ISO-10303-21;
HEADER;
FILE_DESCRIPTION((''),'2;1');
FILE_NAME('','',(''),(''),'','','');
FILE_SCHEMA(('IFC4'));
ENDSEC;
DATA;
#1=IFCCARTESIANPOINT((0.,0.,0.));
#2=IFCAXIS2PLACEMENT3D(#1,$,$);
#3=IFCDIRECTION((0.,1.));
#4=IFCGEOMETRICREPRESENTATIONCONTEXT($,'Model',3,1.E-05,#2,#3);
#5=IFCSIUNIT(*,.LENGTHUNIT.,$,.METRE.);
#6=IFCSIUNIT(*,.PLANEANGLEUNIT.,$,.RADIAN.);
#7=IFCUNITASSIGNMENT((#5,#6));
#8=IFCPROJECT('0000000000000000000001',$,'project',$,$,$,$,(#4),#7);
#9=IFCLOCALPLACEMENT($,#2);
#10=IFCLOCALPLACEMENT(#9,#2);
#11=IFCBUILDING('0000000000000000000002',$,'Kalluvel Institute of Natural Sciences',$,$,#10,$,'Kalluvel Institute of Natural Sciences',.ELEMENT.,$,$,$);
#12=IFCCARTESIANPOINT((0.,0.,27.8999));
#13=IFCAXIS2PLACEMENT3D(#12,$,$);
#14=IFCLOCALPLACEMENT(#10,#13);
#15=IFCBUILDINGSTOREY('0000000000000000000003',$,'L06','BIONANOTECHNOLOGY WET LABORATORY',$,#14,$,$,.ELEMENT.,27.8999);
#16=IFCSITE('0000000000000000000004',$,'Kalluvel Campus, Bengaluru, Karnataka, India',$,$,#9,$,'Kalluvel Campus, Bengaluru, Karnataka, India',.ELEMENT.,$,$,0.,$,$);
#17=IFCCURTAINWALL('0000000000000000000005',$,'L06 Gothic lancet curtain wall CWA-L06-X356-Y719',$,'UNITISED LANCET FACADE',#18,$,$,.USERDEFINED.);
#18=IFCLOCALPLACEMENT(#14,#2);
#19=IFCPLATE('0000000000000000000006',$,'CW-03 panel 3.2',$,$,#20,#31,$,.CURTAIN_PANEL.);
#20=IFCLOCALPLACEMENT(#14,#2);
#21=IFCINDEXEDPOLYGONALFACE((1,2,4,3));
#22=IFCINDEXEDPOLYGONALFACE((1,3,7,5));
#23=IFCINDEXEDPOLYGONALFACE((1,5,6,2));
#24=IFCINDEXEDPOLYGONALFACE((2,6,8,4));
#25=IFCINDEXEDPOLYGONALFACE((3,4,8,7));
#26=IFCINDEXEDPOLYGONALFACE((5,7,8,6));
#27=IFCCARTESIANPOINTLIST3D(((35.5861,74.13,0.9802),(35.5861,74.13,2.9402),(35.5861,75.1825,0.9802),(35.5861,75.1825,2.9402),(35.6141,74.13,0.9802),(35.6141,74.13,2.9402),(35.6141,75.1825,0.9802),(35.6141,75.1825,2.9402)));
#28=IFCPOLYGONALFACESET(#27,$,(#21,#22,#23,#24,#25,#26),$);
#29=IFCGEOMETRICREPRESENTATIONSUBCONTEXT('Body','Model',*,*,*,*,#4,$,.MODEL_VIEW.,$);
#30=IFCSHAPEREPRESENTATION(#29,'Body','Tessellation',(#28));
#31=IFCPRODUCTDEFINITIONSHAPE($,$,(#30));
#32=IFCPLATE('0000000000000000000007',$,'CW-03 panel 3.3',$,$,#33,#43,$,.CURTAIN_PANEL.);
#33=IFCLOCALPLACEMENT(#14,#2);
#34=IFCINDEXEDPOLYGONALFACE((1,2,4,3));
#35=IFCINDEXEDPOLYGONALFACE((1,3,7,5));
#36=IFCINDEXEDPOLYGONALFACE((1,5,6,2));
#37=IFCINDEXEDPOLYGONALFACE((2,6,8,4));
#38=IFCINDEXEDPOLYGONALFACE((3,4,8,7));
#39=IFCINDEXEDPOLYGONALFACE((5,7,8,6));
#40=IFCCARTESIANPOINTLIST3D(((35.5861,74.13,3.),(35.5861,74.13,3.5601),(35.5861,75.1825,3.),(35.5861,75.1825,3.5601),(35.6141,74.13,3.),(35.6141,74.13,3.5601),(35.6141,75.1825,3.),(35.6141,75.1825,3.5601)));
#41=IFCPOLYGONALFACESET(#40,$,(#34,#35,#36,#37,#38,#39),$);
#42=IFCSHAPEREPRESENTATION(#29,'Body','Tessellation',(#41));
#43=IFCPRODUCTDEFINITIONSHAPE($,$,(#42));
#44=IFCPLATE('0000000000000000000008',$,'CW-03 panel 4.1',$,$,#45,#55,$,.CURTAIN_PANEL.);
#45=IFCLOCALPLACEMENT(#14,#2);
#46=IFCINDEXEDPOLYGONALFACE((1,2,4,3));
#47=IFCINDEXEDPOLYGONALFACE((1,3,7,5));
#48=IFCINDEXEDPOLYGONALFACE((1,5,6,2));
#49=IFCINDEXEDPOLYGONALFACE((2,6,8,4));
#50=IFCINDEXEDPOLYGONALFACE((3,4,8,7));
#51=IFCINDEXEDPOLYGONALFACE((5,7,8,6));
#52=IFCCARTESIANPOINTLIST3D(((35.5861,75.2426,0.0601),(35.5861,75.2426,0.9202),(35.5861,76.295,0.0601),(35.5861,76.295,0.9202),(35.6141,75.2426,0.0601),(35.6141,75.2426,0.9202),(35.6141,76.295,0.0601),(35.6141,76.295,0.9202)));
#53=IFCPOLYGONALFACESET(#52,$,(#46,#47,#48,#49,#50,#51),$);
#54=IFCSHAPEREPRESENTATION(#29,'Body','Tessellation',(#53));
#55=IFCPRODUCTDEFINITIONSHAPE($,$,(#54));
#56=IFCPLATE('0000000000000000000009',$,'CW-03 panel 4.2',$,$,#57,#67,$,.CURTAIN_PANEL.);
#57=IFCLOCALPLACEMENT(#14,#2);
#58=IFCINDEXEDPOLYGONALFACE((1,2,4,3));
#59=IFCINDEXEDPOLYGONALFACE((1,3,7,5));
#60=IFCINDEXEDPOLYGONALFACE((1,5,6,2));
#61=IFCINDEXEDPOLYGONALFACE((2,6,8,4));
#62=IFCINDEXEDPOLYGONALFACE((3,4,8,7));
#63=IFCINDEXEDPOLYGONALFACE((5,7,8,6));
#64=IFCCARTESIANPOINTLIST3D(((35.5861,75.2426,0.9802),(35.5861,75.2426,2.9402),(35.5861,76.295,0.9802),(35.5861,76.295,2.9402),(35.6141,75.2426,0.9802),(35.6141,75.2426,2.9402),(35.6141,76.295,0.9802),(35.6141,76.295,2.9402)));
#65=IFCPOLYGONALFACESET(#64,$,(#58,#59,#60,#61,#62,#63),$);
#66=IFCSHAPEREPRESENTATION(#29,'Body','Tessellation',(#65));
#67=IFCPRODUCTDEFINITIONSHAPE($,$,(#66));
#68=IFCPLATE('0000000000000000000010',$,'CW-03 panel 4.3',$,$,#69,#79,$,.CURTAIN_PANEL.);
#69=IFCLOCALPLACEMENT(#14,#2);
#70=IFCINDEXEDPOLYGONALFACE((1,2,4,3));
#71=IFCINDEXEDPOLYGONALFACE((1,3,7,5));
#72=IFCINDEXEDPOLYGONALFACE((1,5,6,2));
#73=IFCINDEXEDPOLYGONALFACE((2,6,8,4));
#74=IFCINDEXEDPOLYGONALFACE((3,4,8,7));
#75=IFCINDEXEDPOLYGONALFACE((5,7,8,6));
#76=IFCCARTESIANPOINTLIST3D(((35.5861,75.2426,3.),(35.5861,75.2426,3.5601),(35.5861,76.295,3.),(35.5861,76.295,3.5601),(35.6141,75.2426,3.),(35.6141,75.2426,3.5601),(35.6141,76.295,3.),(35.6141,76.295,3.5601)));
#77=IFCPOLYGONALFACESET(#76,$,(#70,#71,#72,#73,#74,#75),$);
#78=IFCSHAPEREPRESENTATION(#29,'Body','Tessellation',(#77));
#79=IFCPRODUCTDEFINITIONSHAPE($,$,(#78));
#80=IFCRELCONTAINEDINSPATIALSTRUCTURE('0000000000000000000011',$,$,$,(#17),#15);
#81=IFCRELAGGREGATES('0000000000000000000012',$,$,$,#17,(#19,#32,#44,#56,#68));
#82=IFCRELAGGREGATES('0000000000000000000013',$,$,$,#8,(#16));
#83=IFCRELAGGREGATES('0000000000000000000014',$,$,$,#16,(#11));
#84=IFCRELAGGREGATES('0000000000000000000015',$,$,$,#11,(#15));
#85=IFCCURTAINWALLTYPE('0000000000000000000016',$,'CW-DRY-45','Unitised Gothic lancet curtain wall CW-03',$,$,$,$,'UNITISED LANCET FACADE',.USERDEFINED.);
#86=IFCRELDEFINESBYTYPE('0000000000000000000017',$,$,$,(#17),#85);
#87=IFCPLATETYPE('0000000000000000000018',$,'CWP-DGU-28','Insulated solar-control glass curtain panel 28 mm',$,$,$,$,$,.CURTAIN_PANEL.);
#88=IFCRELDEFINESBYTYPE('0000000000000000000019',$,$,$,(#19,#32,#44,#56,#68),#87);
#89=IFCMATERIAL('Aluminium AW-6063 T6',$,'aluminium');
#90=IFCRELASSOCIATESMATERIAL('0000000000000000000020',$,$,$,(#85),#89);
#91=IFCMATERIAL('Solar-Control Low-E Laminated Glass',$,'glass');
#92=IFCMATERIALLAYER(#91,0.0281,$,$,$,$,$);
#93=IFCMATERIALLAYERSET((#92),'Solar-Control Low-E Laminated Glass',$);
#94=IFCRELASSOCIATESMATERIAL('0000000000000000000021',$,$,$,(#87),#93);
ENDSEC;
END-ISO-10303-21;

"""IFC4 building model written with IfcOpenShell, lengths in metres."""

from ifc_helpers import new_model, si_unit, direction, frame, origin, origin_2d, place, context, subcontext, project, spatial, rectangle, extrude, material, layer, layer_set, type_object, element, aggregate, save


model = new_model("IFC4")

# Units and contexts
model_context = context("Model", 3, precision=1e-05, world=origin(), true_north=direction((0.0, 1.0)))
body_context = subcontext(model_context, "Body", "Model", "MODEL_VIEW")
ifc_project = project(units=[si_unit("LENGTHUNIT", "METRE"), si_unit("PLANEANGLEUNIT", "RADIAN")], contexts=[model_context])

# Site, building, storey
site_placement = place(None, origin())
site = spatial("IfcSite", under=ifc_project, at=site_placement, Name="Kalluvel Campus, Bengaluru, Karnataka, India", LongName="Kalluvel Campus, Bengaluru, Karnataka, India", CompositionType="ELEMENT", RefElevation=0.0)
building_placement = place(site_placement, origin())
building = spatial("IfcBuilding", under=site, at=building_placement, Name="Kalluvel Institute of Natural Sciences", LongName="Kalluvel Institute of Natural Sciences", CompositionType="ELEMENT")
storey_placement = place(building_placement, frame((0.0, 0.0, 27.8999)))
storey = spatial("IfcBuildingStorey", under=building, at=storey_placement, Name="L06", Description="BIONANOTECHNOLOGY WET LABORATORY", CompositionType="ELEMENT", Elevation=27.8999)

# Curtain wall, plates
ifc_material_1 = material(Name="Aluminium AW-6063 T6", Category="aluminium")
curtain_wall_type = type_object("IfcCurtainWallType", Name="CW-DRY-45", Description="Unitised Gothic lancet curtain wall CW-03", ElementType="UNITISED LANCET FACADE", PredefinedType="USERDEFINED", material=ifc_material_1)
curtain_wall_placement = place(storey_placement, origin())
curtain_wall = element("IfcCurtainWall", 1, at=curtain_wall_placement, inside=storey, type_object=curtain_wall_type, Name="L06 Gothic lancet curtain wall CWA-L06-X356-Y719", ObjectType="UNITISED LANCET FACADE", PredefinedType="USERDEFINED")
ifc_material_2 = material(Name="Solar-Control Low-E Laminated Glass", Category="glass")
ifc_layer = layer(ifc_material_2, 0.0281)
ifc_layer_set = layer_set([ifc_layer], Name="Solar-Control Low-E Laminated Glass")
plate_type = type_object("IfcPlateType", Name="CWP-DGU-28", Description="Insulated solar-control glass curtain panel 28 mm", PredefinedType="CURTAIN_PANEL", material=ifc_layer_set)
plate_1_placement = place(storey_placement, frame((35.6001, 74.6562, 0.9802), z_axis=(0.0, 0.0, 1.0), x_axis=(0.0, 1.0, 0.0)))
plate_1 = element("IfcPlate", 2, at=plate_1_placement, type_object=plate_type, Name="CW-03 panel 3.2", PredefinedType="CURTAIN_PANEL", context=body_context, shape_type="SweptSolid", body=[
    extrude(rectangle(XDim=1.0525, YDim=0.0281, at=origin_2d()), origin(), (0.0, 0.0, 1.0), 1.96),
])
plate_2_placement = place(storey_placement, frame((35.6001, 74.6562, 3.0), z_axis=(0.0, 0.0, 1.0), x_axis=(0.0, 1.0, 0.0)))
plate_2 = element("IfcPlate", 3, at=plate_2_placement, type_object=plate_type, Name="CW-03 panel 3.3", PredefinedType="CURTAIN_PANEL", context=body_context, shape_type="SweptSolid", body=[
    extrude(rectangle(XDim=1.0525, YDim=0.0281, at=origin_2d()), origin(), (0.0, 0.0, 1.0), 0.5601),
])
plate_3_placement = place(storey_placement, frame((35.6001, 75.7688, 0.0601), z_axis=(0.0, 0.0, 1.0), x_axis=(0.0, 1.0, 0.0)))
plate_3 = element("IfcPlate", 4, at=plate_3_placement, type_object=plate_type, Name="CW-03 panel 4.1", PredefinedType="CURTAIN_PANEL", context=body_context, shape_type="SweptSolid", body=[
    extrude(rectangle(XDim=1.0525, YDim=0.0281, at=origin_2d()), origin(), (0.0, 0.0, 1.0), 0.8601),
])
plate_4_placement = place(storey_placement, frame((35.6001, 75.7688, 0.9802), z_axis=(0.0, 0.0, 1.0), x_axis=(0.0, 1.0, 0.0)))
plate_4 = element("IfcPlate", 5, at=plate_4_placement, type_object=plate_type, Name="CW-03 panel 4.2", PredefinedType="CURTAIN_PANEL", context=body_context, shape_type="SweptSolid", body=[
    extrude(rectangle(XDim=1.0525, YDim=0.0281, at=origin_2d()), origin(), (0.0, 0.0, 1.0), 1.96),
])
plate_5_placement = place(storey_placement, frame((35.6001, 75.7688, 3.0), z_axis=(0.0, 0.0, 1.0), x_axis=(0.0, 1.0, 0.0)))
plate_5 = element("IfcPlate", 6, at=plate_5_placement, type_object=plate_type, Name="CW-03 panel 4.3", PredefinedType="CURTAIN_PANEL", context=body_context, shape_type="SweptSolid", body=[
    extrude(rectangle(XDim=1.0525, YDim=0.0281, at=origin_2d()), origin(), (0.0, 0.0, 1.0), 0.5601),
])
aggregate(curtain_wall, [plate_1, plate_2, plate_3, plate_4, plate_5])

save(model, "model.ifc")
